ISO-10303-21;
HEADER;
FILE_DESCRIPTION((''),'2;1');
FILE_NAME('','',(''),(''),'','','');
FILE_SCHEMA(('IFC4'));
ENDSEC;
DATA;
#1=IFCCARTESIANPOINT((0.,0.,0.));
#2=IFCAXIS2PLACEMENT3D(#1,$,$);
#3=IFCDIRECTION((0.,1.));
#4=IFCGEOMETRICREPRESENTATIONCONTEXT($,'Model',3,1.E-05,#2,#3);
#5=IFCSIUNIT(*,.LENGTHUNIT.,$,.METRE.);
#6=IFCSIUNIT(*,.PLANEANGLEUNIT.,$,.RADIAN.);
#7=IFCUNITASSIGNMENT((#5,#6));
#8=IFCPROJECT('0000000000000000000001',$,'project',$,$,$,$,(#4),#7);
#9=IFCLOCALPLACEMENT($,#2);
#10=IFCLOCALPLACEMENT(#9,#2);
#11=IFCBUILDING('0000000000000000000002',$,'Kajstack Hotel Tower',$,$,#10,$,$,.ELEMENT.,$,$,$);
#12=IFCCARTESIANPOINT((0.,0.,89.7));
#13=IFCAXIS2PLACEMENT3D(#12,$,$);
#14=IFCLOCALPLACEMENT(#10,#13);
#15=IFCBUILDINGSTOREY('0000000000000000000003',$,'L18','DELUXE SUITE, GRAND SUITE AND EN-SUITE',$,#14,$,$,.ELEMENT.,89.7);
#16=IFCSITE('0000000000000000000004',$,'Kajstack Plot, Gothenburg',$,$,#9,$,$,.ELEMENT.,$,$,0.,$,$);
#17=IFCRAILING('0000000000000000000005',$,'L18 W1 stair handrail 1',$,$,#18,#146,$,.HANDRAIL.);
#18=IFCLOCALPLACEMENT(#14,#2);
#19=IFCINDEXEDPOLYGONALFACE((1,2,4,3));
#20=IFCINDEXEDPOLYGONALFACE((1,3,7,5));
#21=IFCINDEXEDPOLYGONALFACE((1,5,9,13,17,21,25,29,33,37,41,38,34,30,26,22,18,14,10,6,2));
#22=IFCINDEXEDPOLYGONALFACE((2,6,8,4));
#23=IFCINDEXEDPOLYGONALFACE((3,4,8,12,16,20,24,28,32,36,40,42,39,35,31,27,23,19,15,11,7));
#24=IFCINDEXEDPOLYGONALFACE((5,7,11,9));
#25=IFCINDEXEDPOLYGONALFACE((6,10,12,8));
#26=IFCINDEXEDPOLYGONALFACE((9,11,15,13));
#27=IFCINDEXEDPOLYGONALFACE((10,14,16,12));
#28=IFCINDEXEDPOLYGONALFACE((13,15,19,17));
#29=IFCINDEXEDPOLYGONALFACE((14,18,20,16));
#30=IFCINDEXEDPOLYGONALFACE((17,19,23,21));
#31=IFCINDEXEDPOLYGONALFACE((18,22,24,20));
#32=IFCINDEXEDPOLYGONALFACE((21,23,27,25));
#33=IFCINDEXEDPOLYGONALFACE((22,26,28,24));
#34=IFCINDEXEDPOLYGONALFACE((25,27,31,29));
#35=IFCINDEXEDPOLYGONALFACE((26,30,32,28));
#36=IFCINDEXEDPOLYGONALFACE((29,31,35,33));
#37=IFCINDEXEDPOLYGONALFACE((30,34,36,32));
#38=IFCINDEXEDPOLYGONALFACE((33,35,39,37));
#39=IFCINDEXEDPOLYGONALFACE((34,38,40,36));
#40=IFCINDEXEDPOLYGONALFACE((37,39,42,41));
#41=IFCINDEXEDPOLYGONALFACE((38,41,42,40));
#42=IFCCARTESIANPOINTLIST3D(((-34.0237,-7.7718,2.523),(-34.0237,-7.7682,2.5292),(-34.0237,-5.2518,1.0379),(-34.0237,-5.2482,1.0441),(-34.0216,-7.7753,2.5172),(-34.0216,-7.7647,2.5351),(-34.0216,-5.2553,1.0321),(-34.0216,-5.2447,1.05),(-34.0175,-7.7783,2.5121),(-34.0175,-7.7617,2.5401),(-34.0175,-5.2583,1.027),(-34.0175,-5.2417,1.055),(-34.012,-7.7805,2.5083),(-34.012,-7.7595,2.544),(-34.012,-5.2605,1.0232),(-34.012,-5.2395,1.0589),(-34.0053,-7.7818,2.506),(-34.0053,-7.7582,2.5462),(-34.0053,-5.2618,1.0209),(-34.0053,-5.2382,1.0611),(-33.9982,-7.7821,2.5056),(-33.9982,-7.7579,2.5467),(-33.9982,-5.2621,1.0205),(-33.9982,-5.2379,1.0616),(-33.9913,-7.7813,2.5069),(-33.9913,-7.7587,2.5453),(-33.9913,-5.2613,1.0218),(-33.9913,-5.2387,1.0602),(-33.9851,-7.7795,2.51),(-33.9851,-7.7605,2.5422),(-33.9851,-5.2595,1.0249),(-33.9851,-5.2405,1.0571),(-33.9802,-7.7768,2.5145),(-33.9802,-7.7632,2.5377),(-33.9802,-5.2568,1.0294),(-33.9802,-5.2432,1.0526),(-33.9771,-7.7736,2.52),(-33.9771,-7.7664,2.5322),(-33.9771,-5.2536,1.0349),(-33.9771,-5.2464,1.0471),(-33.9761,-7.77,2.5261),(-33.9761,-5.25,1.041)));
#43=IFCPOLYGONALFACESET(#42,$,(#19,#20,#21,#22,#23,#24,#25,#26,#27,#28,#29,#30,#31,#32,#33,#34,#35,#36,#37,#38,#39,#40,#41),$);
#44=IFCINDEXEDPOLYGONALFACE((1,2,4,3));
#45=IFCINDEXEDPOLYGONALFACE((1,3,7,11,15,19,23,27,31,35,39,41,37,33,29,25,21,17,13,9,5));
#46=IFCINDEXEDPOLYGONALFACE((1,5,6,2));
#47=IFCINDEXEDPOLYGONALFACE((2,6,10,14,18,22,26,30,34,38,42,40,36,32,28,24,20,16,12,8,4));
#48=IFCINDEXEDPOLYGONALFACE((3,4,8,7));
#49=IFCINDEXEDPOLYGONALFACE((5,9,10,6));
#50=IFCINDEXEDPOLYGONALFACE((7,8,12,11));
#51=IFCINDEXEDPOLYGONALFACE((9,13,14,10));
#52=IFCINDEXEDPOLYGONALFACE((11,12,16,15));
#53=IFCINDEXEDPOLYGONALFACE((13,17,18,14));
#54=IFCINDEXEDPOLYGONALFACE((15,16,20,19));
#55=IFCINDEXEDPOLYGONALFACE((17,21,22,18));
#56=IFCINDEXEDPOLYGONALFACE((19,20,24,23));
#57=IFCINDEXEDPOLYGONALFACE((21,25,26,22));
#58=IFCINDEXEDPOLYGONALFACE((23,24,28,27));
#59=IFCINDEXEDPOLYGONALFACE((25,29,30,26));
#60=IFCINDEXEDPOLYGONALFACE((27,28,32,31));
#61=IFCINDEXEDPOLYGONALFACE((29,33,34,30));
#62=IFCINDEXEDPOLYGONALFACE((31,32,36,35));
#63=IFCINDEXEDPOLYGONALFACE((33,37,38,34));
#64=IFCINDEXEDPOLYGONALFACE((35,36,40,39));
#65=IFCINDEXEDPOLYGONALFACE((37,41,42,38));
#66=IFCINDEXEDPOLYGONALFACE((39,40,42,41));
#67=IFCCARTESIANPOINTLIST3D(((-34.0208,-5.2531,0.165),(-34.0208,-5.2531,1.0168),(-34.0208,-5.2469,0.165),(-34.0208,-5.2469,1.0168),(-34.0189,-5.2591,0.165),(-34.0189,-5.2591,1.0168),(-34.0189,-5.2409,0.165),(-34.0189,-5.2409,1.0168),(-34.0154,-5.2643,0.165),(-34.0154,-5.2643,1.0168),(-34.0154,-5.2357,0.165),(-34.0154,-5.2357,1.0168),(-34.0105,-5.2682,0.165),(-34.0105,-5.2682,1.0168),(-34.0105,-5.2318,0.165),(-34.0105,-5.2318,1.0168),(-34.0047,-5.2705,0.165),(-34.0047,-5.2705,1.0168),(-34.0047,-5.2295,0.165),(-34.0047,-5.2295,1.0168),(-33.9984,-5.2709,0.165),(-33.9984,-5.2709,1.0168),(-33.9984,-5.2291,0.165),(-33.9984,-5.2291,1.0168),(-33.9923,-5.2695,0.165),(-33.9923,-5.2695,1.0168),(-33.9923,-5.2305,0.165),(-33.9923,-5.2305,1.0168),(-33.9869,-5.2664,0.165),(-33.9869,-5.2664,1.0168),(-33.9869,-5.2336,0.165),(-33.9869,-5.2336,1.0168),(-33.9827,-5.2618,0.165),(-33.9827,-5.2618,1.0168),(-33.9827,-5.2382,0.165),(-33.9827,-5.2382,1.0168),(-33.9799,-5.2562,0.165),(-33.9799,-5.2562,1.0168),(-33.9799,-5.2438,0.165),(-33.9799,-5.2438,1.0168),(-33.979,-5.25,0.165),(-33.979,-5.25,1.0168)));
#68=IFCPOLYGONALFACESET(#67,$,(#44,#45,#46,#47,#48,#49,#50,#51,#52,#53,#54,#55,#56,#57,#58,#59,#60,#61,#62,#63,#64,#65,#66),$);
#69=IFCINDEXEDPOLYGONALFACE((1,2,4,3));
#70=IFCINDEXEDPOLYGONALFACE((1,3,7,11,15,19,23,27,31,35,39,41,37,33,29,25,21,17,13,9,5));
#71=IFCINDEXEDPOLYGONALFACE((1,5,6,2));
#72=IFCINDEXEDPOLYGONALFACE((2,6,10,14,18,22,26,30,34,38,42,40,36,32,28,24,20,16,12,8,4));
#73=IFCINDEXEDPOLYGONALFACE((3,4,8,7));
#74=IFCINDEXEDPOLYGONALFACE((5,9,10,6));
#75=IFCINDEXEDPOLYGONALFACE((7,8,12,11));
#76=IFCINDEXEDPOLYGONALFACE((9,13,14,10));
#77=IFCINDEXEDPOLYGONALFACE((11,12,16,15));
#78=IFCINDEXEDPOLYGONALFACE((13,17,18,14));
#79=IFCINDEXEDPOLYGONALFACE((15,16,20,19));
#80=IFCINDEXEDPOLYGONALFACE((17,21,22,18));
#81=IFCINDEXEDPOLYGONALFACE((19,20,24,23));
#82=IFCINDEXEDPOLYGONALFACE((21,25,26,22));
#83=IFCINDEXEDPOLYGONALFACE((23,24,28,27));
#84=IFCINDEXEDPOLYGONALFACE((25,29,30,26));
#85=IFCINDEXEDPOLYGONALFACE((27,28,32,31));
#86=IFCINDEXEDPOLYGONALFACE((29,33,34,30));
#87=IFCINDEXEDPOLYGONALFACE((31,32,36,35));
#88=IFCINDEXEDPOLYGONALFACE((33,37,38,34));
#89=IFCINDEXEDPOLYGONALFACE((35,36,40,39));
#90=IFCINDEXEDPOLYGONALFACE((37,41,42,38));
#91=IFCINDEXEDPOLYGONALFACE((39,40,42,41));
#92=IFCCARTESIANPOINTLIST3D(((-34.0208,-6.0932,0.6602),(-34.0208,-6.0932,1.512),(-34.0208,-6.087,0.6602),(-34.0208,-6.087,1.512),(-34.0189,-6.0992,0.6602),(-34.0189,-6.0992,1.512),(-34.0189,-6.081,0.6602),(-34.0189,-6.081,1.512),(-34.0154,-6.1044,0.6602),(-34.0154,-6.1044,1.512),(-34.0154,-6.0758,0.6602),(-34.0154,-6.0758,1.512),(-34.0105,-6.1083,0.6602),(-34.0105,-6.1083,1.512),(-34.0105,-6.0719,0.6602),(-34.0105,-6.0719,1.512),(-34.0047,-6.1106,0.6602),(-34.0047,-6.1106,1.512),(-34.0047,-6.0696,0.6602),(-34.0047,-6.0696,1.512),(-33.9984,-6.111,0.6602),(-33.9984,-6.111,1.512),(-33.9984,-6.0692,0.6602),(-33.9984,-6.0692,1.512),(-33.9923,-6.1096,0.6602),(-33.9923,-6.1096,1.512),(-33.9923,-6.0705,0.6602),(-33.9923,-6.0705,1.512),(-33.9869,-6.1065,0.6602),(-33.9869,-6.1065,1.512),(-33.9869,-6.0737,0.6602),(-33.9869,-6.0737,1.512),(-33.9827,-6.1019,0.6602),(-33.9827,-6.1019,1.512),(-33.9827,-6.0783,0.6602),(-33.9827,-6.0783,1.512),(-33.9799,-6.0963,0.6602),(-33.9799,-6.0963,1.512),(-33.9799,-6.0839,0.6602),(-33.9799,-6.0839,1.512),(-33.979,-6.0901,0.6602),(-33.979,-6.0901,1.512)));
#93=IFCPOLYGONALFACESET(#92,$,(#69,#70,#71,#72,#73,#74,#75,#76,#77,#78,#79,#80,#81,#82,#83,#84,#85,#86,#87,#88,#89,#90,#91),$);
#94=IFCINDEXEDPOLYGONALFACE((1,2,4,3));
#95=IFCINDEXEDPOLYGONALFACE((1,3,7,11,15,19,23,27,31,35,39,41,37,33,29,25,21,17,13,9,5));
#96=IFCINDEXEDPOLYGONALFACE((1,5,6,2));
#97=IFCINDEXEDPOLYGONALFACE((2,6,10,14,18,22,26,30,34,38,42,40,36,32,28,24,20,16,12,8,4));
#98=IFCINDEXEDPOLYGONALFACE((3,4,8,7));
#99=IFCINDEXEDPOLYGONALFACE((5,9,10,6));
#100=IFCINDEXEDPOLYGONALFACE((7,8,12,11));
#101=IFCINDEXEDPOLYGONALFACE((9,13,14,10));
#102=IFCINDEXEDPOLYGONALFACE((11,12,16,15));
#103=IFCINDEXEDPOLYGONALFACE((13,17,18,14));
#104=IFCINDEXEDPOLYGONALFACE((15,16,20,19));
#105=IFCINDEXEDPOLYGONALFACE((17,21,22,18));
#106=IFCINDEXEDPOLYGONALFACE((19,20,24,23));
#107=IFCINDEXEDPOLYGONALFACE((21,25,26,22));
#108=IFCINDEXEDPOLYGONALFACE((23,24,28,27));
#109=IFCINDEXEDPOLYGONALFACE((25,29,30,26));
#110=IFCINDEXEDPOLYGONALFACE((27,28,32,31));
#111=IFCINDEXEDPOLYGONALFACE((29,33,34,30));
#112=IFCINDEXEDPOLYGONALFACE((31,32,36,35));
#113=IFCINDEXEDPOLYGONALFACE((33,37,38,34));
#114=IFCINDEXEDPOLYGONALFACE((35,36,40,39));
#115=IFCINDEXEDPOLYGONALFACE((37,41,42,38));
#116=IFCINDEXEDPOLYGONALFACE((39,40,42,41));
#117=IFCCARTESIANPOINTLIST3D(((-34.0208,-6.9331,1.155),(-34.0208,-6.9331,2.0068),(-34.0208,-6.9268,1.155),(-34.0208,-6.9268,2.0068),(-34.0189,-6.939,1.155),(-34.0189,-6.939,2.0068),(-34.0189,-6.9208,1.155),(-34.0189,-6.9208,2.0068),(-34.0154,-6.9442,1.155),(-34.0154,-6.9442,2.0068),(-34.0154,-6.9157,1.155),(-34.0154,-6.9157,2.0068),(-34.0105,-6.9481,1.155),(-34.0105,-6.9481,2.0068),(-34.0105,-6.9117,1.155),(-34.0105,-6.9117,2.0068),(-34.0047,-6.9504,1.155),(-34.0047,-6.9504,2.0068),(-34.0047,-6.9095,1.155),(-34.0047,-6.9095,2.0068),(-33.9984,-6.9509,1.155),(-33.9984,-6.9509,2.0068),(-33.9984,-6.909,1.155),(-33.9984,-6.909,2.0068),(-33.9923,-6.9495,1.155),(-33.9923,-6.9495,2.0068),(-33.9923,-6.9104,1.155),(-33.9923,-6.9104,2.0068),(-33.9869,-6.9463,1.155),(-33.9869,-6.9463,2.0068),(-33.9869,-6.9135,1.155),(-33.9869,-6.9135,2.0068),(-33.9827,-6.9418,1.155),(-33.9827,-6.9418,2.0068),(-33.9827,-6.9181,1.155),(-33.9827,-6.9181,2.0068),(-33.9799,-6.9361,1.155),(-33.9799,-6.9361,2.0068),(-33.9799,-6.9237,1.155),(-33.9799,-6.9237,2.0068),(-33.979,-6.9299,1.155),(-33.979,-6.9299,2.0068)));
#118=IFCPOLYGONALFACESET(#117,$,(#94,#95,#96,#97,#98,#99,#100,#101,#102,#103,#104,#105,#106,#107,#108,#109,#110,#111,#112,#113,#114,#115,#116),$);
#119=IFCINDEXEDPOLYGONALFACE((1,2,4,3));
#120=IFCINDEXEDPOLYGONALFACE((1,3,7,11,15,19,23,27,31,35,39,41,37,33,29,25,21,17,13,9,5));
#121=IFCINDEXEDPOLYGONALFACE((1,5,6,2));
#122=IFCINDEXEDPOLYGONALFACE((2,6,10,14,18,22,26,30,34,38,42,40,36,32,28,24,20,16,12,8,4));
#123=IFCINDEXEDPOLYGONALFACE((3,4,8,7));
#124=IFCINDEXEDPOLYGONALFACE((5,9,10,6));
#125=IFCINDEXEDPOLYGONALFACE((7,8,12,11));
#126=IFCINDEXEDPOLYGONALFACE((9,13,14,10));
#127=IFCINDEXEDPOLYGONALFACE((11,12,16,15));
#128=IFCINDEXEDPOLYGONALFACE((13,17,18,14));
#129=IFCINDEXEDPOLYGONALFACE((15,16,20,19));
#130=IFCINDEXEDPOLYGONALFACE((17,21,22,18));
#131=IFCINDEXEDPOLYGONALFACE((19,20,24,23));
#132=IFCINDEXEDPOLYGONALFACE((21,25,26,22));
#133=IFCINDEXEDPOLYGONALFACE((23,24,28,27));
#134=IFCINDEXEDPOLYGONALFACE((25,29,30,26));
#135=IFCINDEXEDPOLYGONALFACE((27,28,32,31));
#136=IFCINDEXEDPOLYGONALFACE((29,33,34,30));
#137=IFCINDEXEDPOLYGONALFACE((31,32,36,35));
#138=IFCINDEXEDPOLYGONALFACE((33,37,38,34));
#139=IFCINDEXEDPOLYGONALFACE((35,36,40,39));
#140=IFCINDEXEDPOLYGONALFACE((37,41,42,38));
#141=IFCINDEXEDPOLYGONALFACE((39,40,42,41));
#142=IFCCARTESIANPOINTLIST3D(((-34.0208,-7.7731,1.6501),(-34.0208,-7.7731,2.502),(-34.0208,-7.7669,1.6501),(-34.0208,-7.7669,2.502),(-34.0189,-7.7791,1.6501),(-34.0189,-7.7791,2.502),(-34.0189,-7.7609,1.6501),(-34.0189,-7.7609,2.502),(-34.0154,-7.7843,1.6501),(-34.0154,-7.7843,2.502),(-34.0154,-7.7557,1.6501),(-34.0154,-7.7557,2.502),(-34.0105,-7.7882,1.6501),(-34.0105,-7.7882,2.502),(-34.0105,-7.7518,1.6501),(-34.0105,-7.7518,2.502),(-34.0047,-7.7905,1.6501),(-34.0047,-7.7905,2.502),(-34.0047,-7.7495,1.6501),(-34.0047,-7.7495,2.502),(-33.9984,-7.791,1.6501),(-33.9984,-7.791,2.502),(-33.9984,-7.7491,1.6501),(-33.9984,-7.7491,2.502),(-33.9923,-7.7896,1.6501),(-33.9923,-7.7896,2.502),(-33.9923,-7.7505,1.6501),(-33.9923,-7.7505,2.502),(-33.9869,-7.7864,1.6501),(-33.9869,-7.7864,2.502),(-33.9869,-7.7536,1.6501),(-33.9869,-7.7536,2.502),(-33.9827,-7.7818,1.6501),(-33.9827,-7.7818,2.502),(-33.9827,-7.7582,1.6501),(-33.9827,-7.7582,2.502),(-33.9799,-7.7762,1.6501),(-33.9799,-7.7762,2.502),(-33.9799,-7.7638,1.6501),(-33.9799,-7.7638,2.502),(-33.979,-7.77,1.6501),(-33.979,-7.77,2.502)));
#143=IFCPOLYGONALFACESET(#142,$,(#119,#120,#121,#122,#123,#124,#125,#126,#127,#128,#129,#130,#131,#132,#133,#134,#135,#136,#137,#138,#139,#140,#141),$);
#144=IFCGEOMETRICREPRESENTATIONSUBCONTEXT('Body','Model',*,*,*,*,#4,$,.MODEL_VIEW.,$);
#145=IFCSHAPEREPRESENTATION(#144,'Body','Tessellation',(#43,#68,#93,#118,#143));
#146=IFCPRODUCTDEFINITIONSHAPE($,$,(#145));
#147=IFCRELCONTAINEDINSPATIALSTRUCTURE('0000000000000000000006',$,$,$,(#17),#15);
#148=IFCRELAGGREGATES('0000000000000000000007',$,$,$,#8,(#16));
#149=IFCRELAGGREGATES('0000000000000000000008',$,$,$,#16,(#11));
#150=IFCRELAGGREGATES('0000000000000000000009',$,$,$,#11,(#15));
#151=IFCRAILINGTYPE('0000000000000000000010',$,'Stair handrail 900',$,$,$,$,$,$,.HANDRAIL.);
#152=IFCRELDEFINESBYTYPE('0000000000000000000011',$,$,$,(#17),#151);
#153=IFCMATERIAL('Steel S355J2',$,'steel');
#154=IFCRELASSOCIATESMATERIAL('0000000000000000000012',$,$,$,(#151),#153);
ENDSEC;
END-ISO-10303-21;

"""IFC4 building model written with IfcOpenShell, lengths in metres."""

from ifc_helpers import new_model, si_unit, direction, frame, origin, origin_2d, place, context, subcontext, project, spatial, circle, extrude, material, type_object, element, save


model = new_model("IFC4")

# Units and contexts
model_context = context("Model", 3, precision=1e-05, world=origin(), true_north=direction((0.0, 1.0)))
body_context = subcontext(model_context, "Body", "Model", "MODEL_VIEW")
ifc_project = project(units=[si_unit("LENGTHUNIT", "METRE"), si_unit("PLANEANGLEUNIT", "RADIAN")], contexts=[model_context])

# Site, building, storey
site_placement = place(None, origin())
site = spatial("IfcSite", under=ifc_project, at=site_placement, Name="Kajstack Plot, Gothenburg", CompositionType="ELEMENT", RefElevation=0.0)
building_placement = place(site_placement, origin())
building = spatial("IfcBuilding", under=site, at=building_placement, Name="Kajstack Hotel Tower", CompositionType="ELEMENT")
storey_placement = place(building_placement, frame((0.0, 0.0, 89.7)))
storey = spatial("IfcBuildingStorey", under=building, at=storey_placement, Name="L18", Description="DELUXE SUITE, GRAND SUITE AND EN-SUITE", CompositionType="ELEMENT", Elevation=89.7)

# Railing
ifc_material_1 = material(Name="Steel S355J2", Category="steel")
railing_type_1 = type_object("IfcRailingType", Name="Stair handrail 900", PredefinedType="HANDRAIL", material=ifc_material_1)
railing_1_placement = place(storey_placement, frame((-34.0, -5.25, 0.165)))
element("IfcRailing", 1, at=railing_1_placement, inside=storey, type_object=railing_type_1, Name="L18 W1 stair handrail 1", PredefinedType="HANDRAIL", context=body_context, shape_type="SweptSolid", body=[
    extrude(circle(Radius=0.0239, at=origin_2d()), frame((0.0, 0.0, 0.876), z_axis=(0.0, -0.861524, 0.507717), x_axis=(1.0, 0.0, 0.0)), (0.0, 0.0, 1.0), 2.925),
    extrude(circle(Radius=0.021, at=origin_2d()), origin(), (0.0, 0.0, 1.0), 0.8518),
    extrude(circle(Radius=0.021, at=origin_2d()), frame((0.0, -0.8401, 0.4951)), (0.0, 0.0, 1.0), 0.8518),
    extrude(circle(Radius=0.021, at=origin_2d()), frame((0.0, -1.6799, 0.99)), (0.0, 0.0, 1.0), 0.8518),
    extrude(circle(Radius=0.021, at=origin_2d()), frame((0.0, -2.52, 1.4851)), (0.0, 0.0, 1.0), 0.8518),
])

save(model, "model.ifc")
